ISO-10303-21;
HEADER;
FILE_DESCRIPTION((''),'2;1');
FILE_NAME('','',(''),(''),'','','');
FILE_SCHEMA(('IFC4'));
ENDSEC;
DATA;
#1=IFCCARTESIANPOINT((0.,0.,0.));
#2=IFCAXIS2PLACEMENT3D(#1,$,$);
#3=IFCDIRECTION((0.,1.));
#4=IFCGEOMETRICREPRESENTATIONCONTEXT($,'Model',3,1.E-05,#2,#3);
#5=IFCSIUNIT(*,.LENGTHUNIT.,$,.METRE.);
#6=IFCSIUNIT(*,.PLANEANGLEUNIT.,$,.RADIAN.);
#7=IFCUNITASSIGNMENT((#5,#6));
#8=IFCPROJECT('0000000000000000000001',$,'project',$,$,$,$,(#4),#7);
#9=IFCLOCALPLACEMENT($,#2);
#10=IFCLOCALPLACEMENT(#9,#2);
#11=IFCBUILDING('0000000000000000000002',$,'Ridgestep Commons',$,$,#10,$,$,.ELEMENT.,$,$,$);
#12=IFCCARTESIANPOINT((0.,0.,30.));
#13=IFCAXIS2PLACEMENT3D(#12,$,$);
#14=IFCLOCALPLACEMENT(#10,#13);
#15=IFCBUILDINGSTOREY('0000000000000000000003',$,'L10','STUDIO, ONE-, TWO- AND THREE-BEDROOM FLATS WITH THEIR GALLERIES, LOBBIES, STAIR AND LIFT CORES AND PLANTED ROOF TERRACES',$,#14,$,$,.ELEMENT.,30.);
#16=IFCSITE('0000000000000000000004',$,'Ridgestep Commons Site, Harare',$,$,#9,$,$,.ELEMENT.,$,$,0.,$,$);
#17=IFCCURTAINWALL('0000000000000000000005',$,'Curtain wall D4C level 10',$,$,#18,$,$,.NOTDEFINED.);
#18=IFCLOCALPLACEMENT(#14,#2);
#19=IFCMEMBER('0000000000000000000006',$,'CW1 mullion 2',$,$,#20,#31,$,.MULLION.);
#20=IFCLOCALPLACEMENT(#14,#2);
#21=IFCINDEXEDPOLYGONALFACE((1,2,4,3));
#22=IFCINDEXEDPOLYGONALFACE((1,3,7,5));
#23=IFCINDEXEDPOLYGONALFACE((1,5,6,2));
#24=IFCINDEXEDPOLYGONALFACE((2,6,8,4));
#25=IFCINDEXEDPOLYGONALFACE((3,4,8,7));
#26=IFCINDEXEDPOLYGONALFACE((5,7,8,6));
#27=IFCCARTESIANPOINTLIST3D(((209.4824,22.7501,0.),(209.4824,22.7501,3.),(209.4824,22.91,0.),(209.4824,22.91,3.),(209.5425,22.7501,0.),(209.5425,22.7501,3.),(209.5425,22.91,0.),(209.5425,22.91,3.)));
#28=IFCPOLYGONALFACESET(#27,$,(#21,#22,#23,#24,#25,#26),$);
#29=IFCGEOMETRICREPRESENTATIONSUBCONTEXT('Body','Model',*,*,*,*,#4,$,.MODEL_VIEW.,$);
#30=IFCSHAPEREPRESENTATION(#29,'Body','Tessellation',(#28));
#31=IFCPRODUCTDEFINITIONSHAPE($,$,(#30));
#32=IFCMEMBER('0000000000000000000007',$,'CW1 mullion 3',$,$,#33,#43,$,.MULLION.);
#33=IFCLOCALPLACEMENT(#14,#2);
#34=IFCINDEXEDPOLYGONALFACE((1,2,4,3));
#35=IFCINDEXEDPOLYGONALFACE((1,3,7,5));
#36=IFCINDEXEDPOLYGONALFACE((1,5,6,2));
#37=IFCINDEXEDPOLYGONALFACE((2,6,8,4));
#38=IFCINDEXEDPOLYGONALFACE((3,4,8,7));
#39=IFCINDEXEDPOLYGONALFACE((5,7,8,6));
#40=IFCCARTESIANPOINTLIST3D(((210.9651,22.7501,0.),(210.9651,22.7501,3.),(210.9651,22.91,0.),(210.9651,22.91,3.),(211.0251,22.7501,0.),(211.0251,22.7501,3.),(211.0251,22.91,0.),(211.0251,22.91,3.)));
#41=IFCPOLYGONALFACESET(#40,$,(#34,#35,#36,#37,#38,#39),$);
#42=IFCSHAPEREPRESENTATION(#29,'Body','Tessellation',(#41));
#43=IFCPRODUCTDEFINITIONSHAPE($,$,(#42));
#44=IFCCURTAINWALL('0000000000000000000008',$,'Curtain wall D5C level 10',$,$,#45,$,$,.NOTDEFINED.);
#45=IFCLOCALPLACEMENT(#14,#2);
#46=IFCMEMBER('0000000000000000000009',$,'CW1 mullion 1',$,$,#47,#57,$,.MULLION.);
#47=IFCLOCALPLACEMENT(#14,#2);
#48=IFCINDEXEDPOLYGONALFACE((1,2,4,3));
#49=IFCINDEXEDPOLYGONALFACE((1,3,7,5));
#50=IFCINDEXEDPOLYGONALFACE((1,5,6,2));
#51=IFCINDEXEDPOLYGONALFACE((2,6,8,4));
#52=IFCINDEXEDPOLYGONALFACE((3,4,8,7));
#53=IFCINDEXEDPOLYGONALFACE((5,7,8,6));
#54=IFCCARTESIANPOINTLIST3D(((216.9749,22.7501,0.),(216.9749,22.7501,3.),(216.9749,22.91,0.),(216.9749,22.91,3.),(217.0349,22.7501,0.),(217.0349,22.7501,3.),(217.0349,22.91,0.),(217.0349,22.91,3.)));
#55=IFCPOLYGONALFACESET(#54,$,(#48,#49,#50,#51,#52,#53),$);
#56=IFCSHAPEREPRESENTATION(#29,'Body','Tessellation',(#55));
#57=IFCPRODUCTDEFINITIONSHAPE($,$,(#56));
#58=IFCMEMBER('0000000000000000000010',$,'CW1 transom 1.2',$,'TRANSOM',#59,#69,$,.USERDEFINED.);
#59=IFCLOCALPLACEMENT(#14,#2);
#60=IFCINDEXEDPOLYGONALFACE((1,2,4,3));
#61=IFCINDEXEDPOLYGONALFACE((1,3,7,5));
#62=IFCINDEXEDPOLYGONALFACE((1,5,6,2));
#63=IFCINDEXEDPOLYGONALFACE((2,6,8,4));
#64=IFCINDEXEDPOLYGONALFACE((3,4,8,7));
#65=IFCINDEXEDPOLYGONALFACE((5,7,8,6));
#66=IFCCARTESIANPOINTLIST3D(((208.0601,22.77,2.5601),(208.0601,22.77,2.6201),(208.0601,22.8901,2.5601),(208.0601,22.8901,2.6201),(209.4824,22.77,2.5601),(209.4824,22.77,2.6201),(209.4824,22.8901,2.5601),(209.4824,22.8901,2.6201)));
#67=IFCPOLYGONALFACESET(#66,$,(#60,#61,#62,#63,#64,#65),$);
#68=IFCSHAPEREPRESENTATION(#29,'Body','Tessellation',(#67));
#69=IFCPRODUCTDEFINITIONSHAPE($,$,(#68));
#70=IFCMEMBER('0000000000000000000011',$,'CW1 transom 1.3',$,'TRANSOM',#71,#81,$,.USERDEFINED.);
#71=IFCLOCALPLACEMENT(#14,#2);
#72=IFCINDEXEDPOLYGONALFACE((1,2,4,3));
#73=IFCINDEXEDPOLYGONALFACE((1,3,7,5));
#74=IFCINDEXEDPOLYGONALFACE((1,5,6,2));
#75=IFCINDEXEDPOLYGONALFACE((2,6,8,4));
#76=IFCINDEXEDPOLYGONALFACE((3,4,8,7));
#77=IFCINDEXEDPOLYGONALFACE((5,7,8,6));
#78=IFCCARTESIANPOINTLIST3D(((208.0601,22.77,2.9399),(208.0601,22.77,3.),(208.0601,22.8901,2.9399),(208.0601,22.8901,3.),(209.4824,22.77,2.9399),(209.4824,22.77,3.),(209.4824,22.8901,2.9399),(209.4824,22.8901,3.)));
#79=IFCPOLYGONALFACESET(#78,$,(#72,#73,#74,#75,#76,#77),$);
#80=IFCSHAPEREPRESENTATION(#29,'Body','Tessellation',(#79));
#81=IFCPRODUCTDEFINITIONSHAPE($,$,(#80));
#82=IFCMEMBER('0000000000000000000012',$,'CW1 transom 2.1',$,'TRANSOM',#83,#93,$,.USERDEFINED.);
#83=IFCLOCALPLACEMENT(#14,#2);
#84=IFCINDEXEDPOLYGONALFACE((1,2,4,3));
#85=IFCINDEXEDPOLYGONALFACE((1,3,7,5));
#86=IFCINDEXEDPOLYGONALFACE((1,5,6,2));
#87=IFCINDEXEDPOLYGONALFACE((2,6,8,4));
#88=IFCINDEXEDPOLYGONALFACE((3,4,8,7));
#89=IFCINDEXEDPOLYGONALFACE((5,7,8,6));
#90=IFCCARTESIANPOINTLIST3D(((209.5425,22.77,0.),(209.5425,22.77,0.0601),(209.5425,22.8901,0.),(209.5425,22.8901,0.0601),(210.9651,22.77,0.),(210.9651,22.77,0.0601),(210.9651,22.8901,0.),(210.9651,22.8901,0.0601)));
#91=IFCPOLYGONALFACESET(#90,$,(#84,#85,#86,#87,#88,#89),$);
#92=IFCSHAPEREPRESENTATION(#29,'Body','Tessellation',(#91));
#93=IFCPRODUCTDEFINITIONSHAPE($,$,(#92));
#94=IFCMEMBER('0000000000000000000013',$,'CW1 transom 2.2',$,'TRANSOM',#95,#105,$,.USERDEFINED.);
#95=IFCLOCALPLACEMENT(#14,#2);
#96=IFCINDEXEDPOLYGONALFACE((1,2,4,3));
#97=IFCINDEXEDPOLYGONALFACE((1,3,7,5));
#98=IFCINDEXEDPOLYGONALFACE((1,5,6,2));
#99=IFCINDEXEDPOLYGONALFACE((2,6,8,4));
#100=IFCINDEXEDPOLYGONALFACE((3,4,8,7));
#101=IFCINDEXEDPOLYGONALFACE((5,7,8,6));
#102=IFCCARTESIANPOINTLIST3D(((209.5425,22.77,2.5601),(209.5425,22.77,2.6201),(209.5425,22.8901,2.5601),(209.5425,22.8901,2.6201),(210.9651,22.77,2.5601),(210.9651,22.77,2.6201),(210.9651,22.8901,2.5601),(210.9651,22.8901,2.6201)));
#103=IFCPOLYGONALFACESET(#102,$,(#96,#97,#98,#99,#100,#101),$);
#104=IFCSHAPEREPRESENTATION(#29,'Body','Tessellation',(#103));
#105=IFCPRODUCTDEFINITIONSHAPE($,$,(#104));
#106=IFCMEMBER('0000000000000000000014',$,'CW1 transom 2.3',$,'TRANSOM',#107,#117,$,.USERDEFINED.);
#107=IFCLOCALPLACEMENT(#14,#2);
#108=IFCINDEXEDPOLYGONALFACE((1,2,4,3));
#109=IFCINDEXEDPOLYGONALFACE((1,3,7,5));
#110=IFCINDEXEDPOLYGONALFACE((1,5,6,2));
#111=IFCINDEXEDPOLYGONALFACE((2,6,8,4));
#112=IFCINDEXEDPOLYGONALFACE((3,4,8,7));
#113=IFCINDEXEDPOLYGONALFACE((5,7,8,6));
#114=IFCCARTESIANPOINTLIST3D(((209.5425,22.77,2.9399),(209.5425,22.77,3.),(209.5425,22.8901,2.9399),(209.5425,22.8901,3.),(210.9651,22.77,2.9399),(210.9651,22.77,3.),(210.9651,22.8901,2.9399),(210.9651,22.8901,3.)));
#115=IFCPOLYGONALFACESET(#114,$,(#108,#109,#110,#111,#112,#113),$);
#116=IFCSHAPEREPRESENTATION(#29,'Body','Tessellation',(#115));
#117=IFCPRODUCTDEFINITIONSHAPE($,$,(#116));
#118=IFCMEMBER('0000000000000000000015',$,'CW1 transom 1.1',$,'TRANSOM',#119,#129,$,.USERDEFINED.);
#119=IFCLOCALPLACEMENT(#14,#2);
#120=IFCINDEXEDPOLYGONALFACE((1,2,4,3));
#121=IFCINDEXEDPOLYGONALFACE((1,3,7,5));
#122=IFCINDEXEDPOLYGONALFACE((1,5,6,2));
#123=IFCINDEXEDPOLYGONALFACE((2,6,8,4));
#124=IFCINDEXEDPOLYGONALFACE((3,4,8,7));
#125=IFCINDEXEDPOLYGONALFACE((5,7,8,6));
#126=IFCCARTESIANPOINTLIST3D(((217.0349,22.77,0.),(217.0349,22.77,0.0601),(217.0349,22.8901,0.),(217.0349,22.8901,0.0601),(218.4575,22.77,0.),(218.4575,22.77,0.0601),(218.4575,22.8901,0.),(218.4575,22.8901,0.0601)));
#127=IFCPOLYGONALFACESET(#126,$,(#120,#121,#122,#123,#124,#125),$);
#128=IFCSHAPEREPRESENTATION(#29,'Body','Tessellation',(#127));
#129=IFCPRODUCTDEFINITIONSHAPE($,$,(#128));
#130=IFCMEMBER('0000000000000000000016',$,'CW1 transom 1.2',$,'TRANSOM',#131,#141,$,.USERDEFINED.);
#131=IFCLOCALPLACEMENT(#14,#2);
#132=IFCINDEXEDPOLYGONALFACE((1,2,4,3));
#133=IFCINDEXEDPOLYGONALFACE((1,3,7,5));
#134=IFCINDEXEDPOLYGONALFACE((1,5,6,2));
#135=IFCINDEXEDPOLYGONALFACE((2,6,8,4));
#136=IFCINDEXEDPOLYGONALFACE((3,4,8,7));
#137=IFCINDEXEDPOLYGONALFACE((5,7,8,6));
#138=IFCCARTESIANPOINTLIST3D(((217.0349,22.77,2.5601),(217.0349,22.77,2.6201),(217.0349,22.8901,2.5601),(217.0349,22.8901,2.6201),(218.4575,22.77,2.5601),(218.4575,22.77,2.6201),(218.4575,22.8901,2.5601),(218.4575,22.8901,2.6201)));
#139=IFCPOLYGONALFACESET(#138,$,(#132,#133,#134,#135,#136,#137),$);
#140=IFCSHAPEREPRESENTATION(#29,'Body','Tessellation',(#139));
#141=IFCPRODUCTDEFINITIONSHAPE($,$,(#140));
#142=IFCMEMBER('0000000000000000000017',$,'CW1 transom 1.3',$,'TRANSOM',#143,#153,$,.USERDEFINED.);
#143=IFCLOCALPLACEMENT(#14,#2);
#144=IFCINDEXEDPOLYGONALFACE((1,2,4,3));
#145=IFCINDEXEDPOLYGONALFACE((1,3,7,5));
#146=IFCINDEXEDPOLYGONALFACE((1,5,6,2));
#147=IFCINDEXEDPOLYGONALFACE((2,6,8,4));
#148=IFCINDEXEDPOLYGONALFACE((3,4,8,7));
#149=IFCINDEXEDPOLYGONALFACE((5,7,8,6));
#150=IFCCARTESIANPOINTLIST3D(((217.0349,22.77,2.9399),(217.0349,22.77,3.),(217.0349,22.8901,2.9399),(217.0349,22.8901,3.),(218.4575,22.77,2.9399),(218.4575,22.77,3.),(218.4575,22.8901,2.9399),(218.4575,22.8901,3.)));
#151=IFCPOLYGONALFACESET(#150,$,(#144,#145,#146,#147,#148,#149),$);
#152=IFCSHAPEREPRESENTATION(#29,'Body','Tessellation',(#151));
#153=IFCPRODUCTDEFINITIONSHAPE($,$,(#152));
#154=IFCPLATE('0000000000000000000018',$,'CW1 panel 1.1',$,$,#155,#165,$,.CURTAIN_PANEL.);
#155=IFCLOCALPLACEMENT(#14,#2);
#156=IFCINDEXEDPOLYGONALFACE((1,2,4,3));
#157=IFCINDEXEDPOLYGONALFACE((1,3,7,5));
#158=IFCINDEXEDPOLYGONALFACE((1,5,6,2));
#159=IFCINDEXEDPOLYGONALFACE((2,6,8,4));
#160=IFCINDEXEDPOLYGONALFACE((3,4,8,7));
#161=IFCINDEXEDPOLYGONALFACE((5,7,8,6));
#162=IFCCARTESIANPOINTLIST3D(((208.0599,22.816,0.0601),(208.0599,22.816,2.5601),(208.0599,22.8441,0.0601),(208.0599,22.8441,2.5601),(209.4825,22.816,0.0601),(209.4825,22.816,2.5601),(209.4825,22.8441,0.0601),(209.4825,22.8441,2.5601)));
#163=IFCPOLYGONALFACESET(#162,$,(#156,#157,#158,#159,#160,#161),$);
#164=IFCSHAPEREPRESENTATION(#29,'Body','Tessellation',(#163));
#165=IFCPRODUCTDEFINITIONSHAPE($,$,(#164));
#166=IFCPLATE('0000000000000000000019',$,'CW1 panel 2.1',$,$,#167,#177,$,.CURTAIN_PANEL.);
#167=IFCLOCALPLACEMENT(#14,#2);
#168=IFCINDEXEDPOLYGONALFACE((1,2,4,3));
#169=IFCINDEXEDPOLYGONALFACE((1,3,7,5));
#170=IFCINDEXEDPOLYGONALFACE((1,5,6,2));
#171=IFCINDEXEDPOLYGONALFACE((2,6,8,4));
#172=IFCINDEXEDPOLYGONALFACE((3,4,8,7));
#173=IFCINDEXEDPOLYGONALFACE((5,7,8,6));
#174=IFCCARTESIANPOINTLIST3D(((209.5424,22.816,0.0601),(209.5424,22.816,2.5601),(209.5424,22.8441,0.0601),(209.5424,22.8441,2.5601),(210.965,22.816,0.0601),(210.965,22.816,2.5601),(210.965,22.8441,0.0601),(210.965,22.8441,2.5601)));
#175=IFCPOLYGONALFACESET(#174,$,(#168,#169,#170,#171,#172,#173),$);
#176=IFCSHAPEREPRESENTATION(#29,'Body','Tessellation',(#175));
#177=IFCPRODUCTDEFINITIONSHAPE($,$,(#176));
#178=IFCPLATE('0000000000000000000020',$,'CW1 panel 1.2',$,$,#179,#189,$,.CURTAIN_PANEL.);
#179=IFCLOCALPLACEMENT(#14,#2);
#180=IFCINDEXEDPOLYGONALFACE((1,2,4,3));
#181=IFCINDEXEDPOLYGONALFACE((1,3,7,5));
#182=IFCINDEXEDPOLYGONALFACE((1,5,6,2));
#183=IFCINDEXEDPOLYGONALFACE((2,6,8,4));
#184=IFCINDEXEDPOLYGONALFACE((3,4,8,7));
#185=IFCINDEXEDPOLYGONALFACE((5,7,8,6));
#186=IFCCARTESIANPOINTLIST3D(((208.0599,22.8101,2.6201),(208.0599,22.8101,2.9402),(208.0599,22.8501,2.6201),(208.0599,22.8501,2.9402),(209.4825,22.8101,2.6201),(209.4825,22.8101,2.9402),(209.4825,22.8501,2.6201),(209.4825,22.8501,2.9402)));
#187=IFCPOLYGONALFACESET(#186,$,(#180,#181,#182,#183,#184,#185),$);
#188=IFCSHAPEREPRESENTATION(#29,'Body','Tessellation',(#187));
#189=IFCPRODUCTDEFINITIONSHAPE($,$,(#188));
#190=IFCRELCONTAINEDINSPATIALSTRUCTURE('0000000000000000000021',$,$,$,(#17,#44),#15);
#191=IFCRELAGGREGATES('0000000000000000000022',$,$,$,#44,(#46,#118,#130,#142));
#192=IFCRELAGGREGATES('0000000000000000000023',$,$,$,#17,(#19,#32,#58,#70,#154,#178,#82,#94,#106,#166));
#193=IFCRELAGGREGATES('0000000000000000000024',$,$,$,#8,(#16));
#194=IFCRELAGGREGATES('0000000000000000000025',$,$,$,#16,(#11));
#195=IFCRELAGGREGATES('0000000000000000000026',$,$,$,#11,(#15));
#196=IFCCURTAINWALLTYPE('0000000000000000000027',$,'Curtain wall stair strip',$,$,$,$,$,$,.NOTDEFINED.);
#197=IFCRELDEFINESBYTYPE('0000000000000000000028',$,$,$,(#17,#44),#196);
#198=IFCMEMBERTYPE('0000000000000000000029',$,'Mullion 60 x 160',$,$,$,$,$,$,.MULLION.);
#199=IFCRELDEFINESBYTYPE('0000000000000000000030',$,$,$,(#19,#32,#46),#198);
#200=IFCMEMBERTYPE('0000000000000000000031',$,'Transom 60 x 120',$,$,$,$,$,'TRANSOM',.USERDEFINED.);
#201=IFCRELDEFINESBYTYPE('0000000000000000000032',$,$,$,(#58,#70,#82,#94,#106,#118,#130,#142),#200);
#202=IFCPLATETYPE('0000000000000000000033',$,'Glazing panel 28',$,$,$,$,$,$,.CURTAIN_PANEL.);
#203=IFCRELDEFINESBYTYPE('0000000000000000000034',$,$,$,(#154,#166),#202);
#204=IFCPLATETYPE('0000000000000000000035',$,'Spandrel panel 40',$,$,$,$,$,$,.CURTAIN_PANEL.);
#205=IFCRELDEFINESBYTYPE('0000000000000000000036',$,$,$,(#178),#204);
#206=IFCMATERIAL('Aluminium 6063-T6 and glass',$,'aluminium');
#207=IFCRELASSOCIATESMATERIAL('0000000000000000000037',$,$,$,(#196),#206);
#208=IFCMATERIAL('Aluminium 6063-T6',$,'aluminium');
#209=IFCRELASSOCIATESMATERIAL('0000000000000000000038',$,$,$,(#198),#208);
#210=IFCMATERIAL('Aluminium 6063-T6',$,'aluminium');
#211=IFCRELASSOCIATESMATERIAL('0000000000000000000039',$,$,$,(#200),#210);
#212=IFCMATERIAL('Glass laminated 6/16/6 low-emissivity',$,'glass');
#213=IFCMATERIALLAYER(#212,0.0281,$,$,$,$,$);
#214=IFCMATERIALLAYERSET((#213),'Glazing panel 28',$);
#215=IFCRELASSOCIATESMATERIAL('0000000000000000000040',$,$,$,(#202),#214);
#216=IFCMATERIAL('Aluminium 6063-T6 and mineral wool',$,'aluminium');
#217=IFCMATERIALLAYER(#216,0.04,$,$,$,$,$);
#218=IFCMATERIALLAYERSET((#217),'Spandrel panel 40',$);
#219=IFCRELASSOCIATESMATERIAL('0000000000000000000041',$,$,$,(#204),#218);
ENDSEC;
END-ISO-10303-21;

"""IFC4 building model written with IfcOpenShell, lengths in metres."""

from ifc_helpers import new_model, si_unit, direction, frame, origin, origin_2d, place, context, subcontext, project, spatial, rectangle, extrude, material, layer, layer_set, material_profile, profile_set, type_object, element, aggregate, save


model = new_model("IFC4")

# Units and contexts
model_context = context("Model", 3, precision=1e-05, world=origin(), true_north=direction((0.0, 1.0)))
body_context = subcontext(model_context, "Body", "Model", "MODEL_VIEW")
ifc_project = project(units=[si_unit("LENGTHUNIT", "METRE"), si_unit("PLANEANGLEUNIT", "RADIAN")], contexts=[model_context])

# Site, building, storey
site_placement = place(None, origin())
site = spatial("IfcSite", under=ifc_project, at=site_placement, Name="Ridgestep Commons Site, Harare", CompositionType="ELEMENT", RefElevation=0.0)
building_placement = place(site_placement, origin())
building = spatial("IfcBuilding", under=site, at=building_placement, Name="Ridgestep Commons", CompositionType="ELEMENT")
storey_placement = place(building_placement, frame((0.0, 0.0, 30.0)))
storey = spatial("IfcBuildingStorey", under=building, at=storey_placement, Name="L10", Description="STUDIO, ONE-, TWO- AND THREE-BEDROOM FLATS WITH THEIR GALLERIES, LOBBIES, STAIR AND LIFT CORES AND PLANTED ROOF TERRACES", CompositionType="ELEMENT", Elevation=30.0)

# Curtain wall, members
ifc_material_1 = material(Name="Aluminium 6063-T6 and glass", Category="aluminium")
curtain_wall_type = type_object("IfcCurtainWallType", Name="Curtain wall stair strip", PredefinedType="NOTDEFINED", material=ifc_material_1)
curtain_wall_1_placement = place(storey_placement, origin())
curtain_wall_1 = element("IfcCurtainWall", 1, at=curtain_wall_1_placement, inside=storey, type_object=curtain_wall_type, Name="Curtain wall D4C level 10", PredefinedType="NOTDEFINED")
ifc_material_2 = material(Name="Aluminium 6063-T6", Category="aluminium")
ifc_material_profile_1 = material_profile(ifc_material_2, rectangle(XDim=0.1599, YDim=0.0601, at=origin_2d()), Name="Mullion 60 x 160")
ifc_profile_set_1 = profile_set([ifc_material_profile_1], Name="Aluminium 6063-T6")
member_type_1 = type_object("IfcMemberType", Name="Mullion 60 x 160", PredefinedType="MULLION", material=ifc_profile_set_1)
member_1_placement = place(storey_placement, frame((209.5125, 22.8301, 0.0), z_axis=(0.0, 0.0, 1.0), x_axis=(0.0, 1.0, 0.0)))
member_1 = element("IfcMember", 2, at=member_1_placement, type_object=member_type_1, Name="CW1 mullion 2", PredefinedType="MULLION", context=body_context, shape_type="SweptSolid", body=[
    extrude(rectangle(XDim=0.1599, YDim=0.0601, at=origin_2d()), origin(), (0.0, 0.0, 1.0), 3.0),
])
member_2_placement = place(storey_placement, frame((210.9951, 22.8301, 0.0), z_axis=(0.0, 0.0, 1.0), x_axis=(0.0, 1.0, 0.0)))
member_2 = element("IfcMember", 3, at=member_2_placement, type_object=member_type_1, Name="CW1 mullion 3", PredefinedType="MULLION", context=body_context, shape_type="SweptSolid", body=[
    extrude(rectangle(XDim=0.1599, YDim=0.0601, at=origin_2d()), origin(), (0.0, 0.0, 1.0), 3.0),
])

# Curtain wall, member
curtain_wall_2_placement = place(storey_placement, origin())
curtain_wall_2 = element("IfcCurtainWall", 4, at=curtain_wall_2_placement, inside=storey, type_object=curtain_wall_type, Name="Curtain wall D5C level 10", PredefinedType="NOTDEFINED")
member_3_placement = place(storey_placement, frame((217.0049, 22.8301, 0.0), z_axis=(0.0, 0.0, 1.0), x_axis=(0.0, 1.0, 0.0)))
member_3 = element("IfcMember", 5, at=member_3_placement, type_object=member_type_1, Name="CW1 mullion 1", PredefinedType="MULLION", context=body_context, shape_type="SweptSolid", body=[
    extrude(rectangle(XDim=0.1599, YDim=0.0601, at=origin_2d()), origin(), (0.0, 0.0, 1.0), 3.0),
])

# Members
ifc_material_3 = material(Name="Aluminium 6063-T6", Category="aluminium")
ifc_material_profile_2 = material_profile(ifc_material_3, rectangle(XDim=0.1201, YDim=0.0601, at=origin_2d()), Name="Transom 60 x 120")
ifc_profile_set_2 = profile_set([ifc_material_profile_2], Name="Aluminium 6063-T6")
member_type_2 = type_object("IfcMemberType", Name="Transom 60 x 120", ElementType="TRANSOM", PredefinedType="USERDEFINED", material=ifc_profile_set_2)
member_4_placement = place(storey_placement, frame((208.0601, 22.8301, 2.5901), z_axis=(1.0, 0.0, 0.0), x_axis=(0.0, 1.0, 0.0)))
member_4 = element("IfcMember", 6, at=member_4_placement, type_object=member_type_2, Name="CW1 transom 1.2", ObjectType="TRANSOM", PredefinedType="USERDEFINED", context=body_context, shape_type="SweptSolid", body=[
    extrude(rectangle(XDim=0.1201, YDim=0.0601, at=origin_2d()), origin(), (0.0, 0.0, 1.0), 1.4224),
])
member_5_placement = place(storey_placement, frame((208.0601, 22.8301, 2.97), z_axis=(1.0, 0.0, 0.0), x_axis=(0.0, 1.0, 0.0)))
member_5 = element("IfcMember", 7, at=member_5_placement, type_object=member_type_2, Name="CW1 transom 1.3", ObjectType="TRANSOM", PredefinedType="USERDEFINED", context=body_context, shape_type="SweptSolid", body=[
    extrude(rectangle(XDim=0.1201, YDim=0.0601, at=origin_2d()), origin(), (0.0, 0.0, 1.0), 1.4224),
])
member_6_placement = place(storey_placement, frame((209.5425, 22.8301, 0.03), z_axis=(1.0, 0.0, 0.0), x_axis=(0.0, 1.0, 0.0)))
member_6 = element("IfcMember", 8, at=member_6_placement, type_object=member_type_2, Name="CW1 transom 2.1", ObjectType="TRANSOM", PredefinedType="USERDEFINED", context=body_context, shape_type="SweptSolid", body=[
    extrude(rectangle(XDim=0.1201, YDim=0.0601, at=origin_2d()), origin(), (0.0, 0.0, 1.0), 1.4226),
])
member_7_placement = place(storey_placement, frame((209.5425, 22.8301, 2.5901), z_axis=(1.0, 0.0, 0.0), x_axis=(0.0, 1.0, 0.0)))
member_7 = element("IfcMember", 9, at=member_7_placement, type_object=member_type_2, Name="CW1 transom 2.2", ObjectType="TRANSOM", PredefinedType="USERDEFINED", context=body_context, shape_type="SweptSolid", body=[
    extrude(rectangle(XDim=0.1201, YDim=0.0601, at=origin_2d()), origin(), (0.0, 0.0, 1.0), 1.4226),
])
member_8_placement = place(storey_placement, frame((209.5425, 22.8301, 2.97), z_axis=(1.0, 0.0, 0.0), x_axis=(0.0, 1.0, 0.0)))
member_8 = element("IfcMember", 10, at=member_8_placement, type_object=member_type_2, Name="CW1 transom 2.3", ObjectType="TRANSOM", PredefinedType="USERDEFINED", context=body_context, shape_type="SweptSolid", body=[
    extrude(rectangle(XDim=0.1201, YDim=0.0601, at=origin_2d()), origin(), (0.0, 0.0, 1.0), 1.4226),
])
member_9_placement = place(storey_placement, frame((217.0349, 22.8301, 0.03), z_axis=(1.0, 0.0, 0.0), x_axis=(0.0, 1.0, 0.0)))
member_9 = element("IfcMember", 11, at=member_9_placement, type_object=member_type_2, Name="CW1 transom 1.1", ObjectType="TRANSOM", PredefinedType="USERDEFINED", context=body_context, shape_type="SweptSolid", body=[
    extrude(rectangle(XDim=0.1201, YDim=0.0601, at=origin_2d()), origin(), (0.0, 0.0, 1.0), 1.4226),
])
member_10_placement = place(storey_placement, frame((217.0349, 22.8301, 2.5901), z_axis=(1.0, 0.0, 0.0), x_axis=(0.0, 1.0, 0.0)))
member_10 = element("IfcMember", 12, at=member_10_placement, type_object=member_type_2, Name="CW1 transom 1.2", ObjectType="TRANSOM", PredefinedType="USERDEFINED", context=body_context, shape_type="SweptSolid", body=[
    extrude(rectangle(XDim=0.1201, YDim=0.0601, at=origin_2d()), origin(), (0.0, 0.0, 1.0), 1.4226),
])
member_11_placement = place(storey_placement, frame((217.0349, 22.8301, 2.97), z_axis=(1.0, 0.0, 0.0), x_axis=(0.0, 1.0, 0.0)))
member_11 = element("IfcMember", 13, at=member_11_placement, type_object=member_type_2, Name="CW1 transom 1.3", ObjectType="TRANSOM", PredefinedType="USERDEFINED", context=body_context, shape_type="SweptSolid", body=[
    extrude(rectangle(XDim=0.1201, YDim=0.0601, at=origin_2d()), origin(), (0.0, 0.0, 1.0), 1.4226),
])
aggregate(curtain_wall_2, [member_3, member_9, member_10, member_11])

# Plates
ifc_material_4 = material(Name="Glass laminated 6/16/6 low-emissivity", Category="glass")
ifc_layer_1 = layer(ifc_material_4, 0.0281)
ifc_layer_set_1 = layer_set([ifc_layer_1], Name="Glazing panel 28")
plate_type_1 = type_object("IfcPlateType", Name="Glazing panel 28", PredefinedType="CURTAIN_PANEL", material=ifc_layer_set_1)
plate_1_placement = place(storey_placement, frame((208.7712, 22.8301, 0.0601), z_axis=(0.0, 0.0, 1.0), x_axis=(1.0, 0.0, 0.0)))
plate_1 = element("IfcPlate", 14, at=plate_1_placement, type_object=plate_type_1, Name="CW1 panel 1.1", PredefinedType="CURTAIN_PANEL", context=body_context, shape_type="SweptSolid", body=[
    extrude(rectangle(XDim=1.4226, YDim=0.0281, at=origin_2d()), origin(), (0.0, 0.0, 1.0), 2.5),
])
plate_2_placement = place(storey_placement, frame((210.2537, 22.8301, 0.0601), z_axis=(0.0, 0.0, 1.0), x_axis=(1.0, 0.0, 0.0)))
plate_2 = element("IfcPlate", 15, at=plate_2_placement, type_object=plate_type_1, Name="CW1 panel 2.1", PredefinedType="CURTAIN_PANEL", context=body_context, shape_type="SweptSolid", body=[
    extrude(rectangle(XDim=1.4226, YDim=0.0281, at=origin_2d()), origin(), (0.0, 0.0, 1.0), 2.5),
])
ifc_material_5 = material(Name="Aluminium 6063-T6 and mineral wool", Category="aluminium")
ifc_layer_2 = layer(ifc_material_5, 0.04)
ifc_layer_set_2 = layer_set([ifc_layer_2], Name="Spandrel panel 40")
plate_type_2 = type_object("IfcPlateType", Name="Spandrel panel 40", PredefinedType="CURTAIN_PANEL", material=ifc_layer_set_2)
plate_3_placement = place(storey_placement, frame((208.7712, 22.8301, 2.6201), z_axis=(0.0, 0.0, 1.0), x_axis=(1.0, 0.0, 0.0)))
plate_3 = element("IfcPlate", 16, at=plate_3_placement, type_object=plate_type_2, Name="CW1 panel 1.2", PredefinedType="CURTAIN_PANEL", context=body_context, shape_type="SweptSolid", body=[
    extrude(rectangle(XDim=1.4226, YDim=0.04, at=origin_2d()), origin(), (0.0, 0.0, 1.0), 0.3201),
])
aggregate(curtain_wall_1, [member_1, member_2, member_4, member_5, plate_1, plate_3, member_6, member_7, member_8, plate_2])

save(model, "model.ifc")
